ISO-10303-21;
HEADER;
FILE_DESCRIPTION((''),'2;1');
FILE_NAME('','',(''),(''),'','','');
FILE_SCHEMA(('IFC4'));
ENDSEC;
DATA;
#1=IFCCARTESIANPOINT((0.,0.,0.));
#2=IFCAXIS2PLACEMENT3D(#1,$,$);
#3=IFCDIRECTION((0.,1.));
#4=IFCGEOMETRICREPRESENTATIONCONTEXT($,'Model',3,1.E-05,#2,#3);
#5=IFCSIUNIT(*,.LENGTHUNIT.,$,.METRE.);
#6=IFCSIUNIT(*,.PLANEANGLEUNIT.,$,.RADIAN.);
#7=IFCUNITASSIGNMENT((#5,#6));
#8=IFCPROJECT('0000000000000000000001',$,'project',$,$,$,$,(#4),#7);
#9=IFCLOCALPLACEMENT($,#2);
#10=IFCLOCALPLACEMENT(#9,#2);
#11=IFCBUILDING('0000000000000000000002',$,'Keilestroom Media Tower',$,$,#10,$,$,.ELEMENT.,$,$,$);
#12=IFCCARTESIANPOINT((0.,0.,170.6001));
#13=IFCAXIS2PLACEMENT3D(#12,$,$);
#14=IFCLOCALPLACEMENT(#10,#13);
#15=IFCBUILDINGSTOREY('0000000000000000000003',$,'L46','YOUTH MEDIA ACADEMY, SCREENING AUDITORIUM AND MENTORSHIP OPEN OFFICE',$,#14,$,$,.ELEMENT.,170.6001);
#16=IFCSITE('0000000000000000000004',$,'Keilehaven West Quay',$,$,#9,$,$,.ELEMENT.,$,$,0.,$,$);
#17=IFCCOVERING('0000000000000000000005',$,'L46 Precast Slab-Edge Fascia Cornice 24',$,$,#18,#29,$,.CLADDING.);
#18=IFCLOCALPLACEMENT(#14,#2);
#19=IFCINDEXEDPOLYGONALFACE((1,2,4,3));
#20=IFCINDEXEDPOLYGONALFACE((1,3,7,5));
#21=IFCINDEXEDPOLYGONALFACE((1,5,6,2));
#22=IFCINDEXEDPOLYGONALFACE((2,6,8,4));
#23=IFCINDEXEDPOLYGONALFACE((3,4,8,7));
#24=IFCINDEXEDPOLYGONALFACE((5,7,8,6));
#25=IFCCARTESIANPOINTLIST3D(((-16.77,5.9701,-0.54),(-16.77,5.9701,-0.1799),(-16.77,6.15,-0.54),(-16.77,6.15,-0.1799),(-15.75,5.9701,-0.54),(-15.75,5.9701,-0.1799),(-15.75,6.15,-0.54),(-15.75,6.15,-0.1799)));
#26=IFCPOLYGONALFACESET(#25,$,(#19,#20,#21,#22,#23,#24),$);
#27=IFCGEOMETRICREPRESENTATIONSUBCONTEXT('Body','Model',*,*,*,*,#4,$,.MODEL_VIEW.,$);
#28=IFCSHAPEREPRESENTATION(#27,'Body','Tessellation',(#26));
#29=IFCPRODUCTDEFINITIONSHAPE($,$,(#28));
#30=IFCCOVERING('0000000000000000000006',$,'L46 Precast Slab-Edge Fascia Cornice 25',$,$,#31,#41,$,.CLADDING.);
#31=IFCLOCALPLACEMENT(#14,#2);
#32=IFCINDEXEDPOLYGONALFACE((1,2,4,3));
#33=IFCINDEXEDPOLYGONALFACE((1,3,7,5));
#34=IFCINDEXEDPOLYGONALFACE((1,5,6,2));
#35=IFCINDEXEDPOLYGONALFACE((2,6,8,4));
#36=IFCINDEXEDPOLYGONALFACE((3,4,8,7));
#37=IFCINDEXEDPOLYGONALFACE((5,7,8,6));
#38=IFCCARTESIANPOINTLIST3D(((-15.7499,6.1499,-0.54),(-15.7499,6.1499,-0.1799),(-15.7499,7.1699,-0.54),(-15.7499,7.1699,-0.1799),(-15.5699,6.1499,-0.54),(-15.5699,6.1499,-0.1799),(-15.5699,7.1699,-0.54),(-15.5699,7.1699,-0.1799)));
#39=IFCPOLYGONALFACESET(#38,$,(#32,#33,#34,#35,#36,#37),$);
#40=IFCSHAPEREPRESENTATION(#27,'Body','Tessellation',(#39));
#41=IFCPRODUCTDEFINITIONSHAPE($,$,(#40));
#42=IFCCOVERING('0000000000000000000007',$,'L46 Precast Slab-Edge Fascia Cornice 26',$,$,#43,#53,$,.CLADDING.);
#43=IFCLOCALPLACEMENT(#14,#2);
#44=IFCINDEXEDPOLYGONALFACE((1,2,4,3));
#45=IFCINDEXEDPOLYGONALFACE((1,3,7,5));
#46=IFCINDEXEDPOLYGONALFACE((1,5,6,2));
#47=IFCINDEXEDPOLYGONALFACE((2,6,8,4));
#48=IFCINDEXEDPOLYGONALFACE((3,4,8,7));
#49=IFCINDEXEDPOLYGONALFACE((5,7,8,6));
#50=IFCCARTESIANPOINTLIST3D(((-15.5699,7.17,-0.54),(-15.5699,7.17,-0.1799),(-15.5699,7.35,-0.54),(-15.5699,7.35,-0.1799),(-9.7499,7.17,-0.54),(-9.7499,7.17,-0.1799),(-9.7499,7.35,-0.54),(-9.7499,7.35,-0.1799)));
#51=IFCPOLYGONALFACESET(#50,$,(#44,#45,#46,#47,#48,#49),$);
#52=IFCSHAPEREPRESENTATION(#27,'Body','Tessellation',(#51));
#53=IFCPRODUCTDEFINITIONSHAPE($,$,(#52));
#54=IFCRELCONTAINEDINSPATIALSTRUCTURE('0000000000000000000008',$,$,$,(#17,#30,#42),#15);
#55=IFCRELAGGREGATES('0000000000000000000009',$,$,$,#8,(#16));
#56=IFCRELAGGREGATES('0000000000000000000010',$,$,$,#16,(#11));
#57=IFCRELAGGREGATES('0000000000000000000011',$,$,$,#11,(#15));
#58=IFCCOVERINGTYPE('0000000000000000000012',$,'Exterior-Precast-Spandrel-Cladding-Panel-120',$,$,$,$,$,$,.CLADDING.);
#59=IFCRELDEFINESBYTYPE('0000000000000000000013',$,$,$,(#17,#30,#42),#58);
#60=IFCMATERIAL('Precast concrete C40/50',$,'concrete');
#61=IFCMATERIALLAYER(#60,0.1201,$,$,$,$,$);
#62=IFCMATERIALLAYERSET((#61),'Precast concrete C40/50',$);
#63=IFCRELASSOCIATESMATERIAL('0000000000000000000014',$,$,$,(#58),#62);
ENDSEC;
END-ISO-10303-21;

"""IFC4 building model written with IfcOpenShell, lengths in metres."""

from ifc_helpers import new_model, si_unit, direction, frame, origin, origin_2d, place, context, subcontext, project, spatial, rectangle, extrude, source, transform, mapped, material, layer, layer_set, type_object, element, save


model = new_model("IFC4")

# Units and contexts
model_context = context("Model", 3, precision=1e-05, world=origin(), true_north=direction((0.0, 1.0)))
body_context = subcontext(model_context, "Body", "Model", "MODEL_VIEW")
ifc_project = project(units=[si_unit("LENGTHUNIT", "METRE"), si_unit("PLANEANGLEUNIT", "RADIAN")], contexts=[model_context])

# Site, building, storey
site_placement = place(None, origin())
site = spatial("IfcSite", under=ifc_project, at=site_placement, Name="Keilehaven West Quay", CompositionType="ELEMENT", RefElevation=0.0)
building_placement = place(site_placement, origin())
building = spatial("IfcBuilding", under=site, at=building_placement, Name="Keilestroom Media Tower", CompositionType="ELEMENT")
storey_placement = place(building_placement, frame((0.0, 0.0, 170.6001)))
storey = spatial("IfcBuildingStorey", under=building, at=storey_placement, Name="L46", Description="YOUTH MEDIA ACADEMY, SCREENING AUDITORIUM AND MENTORSHIP OPEN OFFICE", CompositionType="ELEMENT", Elevation=170.6001)

# Shared definitions
ifc_material_1 = material(Name="Precast concrete C40/50", Category="concrete")

# Coverings
ifc_layer_1 = layer(ifc_material_1, 0.1201)
ifc_layer_set_1 = layer_set([ifc_layer_1], Name="Precast concrete C40/50")
covering_type = type_object("IfcCoveringType", Name="Exterior-Precast-Spandrel-Cladding-Panel-120", PredefinedType="CLADDING", material=ifc_layer_set_1)
shared_shape_1 = source(origin(), body_context, "Body", "SweptSolid", [
    extrude(rectangle(XDim=1.02, YDim=0.1799, at=origin_2d()), origin(), (0.0, 0.0, 1.0), 0.3601),
])
for number, where, z_axis, x_axis, name in (
    (1, (-16.26, 6.0601, -0.54), (0.0, 0.0, 1.0), (1.0, 0.0, 0.0), "L46 Precast Slab-Edge Fascia Cornice 24"),
    (2, (-15.6599, 6.6599, -0.54), (0.0, 0.0, 1.0), (0.0, 1.0, 0.0), "L46 Precast Slab-Edge Fascia Cornice 25"),
):
    element("IfcCovering", number, at=place(storey_placement, frame(where, z_axis=z_axis, x_axis=x_axis)), inside=storey, type_object=covering_type, Name=name, PredefinedType="CLADDING", context=body_context, shape_type="MappedRepresentation", body=[
        mapped(shared_shape_1, transform((0.0, 0.0, 0.0), x_axis=(1.0, 0.0, 0.0), y_axis=(0.0, 1.0, 0.0), z_axis=(0.0, 0.0, 1.0), scale=1.0)),
    ])
shared_shape_2 = source(origin(), body_context, "Body", "SweptSolid", [
    extrude(rectangle(XDim=5.8201, YDim=0.1799, at=origin_2d()), origin(), (0.0, 0.0, 1.0), 0.3601),
])
covering_placement = place(storey_placement, frame((-12.6599, 7.26, -0.54), z_axis=(0.0, 0.0, 1.0), x_axis=(1.0, 0.0, 0.0)))
element("IfcCovering", 3, at=covering_placement, inside=storey, type_object=covering_type, Name="L46 Precast Slab-Edge Fascia Cornice 26", PredefinedType="CLADDING", context=body_context, shape_type="MappedRepresentation", body=[
    mapped(shared_shape_2, transform((0.0, 0.0, 0.0), x_axis=(1.0, 0.0, 0.0), y_axis=(0.0, 1.0, 0.0), z_axis=(0.0, 0.0, 1.0), scale=1.0)),
])

save(model, "model.ifc")
